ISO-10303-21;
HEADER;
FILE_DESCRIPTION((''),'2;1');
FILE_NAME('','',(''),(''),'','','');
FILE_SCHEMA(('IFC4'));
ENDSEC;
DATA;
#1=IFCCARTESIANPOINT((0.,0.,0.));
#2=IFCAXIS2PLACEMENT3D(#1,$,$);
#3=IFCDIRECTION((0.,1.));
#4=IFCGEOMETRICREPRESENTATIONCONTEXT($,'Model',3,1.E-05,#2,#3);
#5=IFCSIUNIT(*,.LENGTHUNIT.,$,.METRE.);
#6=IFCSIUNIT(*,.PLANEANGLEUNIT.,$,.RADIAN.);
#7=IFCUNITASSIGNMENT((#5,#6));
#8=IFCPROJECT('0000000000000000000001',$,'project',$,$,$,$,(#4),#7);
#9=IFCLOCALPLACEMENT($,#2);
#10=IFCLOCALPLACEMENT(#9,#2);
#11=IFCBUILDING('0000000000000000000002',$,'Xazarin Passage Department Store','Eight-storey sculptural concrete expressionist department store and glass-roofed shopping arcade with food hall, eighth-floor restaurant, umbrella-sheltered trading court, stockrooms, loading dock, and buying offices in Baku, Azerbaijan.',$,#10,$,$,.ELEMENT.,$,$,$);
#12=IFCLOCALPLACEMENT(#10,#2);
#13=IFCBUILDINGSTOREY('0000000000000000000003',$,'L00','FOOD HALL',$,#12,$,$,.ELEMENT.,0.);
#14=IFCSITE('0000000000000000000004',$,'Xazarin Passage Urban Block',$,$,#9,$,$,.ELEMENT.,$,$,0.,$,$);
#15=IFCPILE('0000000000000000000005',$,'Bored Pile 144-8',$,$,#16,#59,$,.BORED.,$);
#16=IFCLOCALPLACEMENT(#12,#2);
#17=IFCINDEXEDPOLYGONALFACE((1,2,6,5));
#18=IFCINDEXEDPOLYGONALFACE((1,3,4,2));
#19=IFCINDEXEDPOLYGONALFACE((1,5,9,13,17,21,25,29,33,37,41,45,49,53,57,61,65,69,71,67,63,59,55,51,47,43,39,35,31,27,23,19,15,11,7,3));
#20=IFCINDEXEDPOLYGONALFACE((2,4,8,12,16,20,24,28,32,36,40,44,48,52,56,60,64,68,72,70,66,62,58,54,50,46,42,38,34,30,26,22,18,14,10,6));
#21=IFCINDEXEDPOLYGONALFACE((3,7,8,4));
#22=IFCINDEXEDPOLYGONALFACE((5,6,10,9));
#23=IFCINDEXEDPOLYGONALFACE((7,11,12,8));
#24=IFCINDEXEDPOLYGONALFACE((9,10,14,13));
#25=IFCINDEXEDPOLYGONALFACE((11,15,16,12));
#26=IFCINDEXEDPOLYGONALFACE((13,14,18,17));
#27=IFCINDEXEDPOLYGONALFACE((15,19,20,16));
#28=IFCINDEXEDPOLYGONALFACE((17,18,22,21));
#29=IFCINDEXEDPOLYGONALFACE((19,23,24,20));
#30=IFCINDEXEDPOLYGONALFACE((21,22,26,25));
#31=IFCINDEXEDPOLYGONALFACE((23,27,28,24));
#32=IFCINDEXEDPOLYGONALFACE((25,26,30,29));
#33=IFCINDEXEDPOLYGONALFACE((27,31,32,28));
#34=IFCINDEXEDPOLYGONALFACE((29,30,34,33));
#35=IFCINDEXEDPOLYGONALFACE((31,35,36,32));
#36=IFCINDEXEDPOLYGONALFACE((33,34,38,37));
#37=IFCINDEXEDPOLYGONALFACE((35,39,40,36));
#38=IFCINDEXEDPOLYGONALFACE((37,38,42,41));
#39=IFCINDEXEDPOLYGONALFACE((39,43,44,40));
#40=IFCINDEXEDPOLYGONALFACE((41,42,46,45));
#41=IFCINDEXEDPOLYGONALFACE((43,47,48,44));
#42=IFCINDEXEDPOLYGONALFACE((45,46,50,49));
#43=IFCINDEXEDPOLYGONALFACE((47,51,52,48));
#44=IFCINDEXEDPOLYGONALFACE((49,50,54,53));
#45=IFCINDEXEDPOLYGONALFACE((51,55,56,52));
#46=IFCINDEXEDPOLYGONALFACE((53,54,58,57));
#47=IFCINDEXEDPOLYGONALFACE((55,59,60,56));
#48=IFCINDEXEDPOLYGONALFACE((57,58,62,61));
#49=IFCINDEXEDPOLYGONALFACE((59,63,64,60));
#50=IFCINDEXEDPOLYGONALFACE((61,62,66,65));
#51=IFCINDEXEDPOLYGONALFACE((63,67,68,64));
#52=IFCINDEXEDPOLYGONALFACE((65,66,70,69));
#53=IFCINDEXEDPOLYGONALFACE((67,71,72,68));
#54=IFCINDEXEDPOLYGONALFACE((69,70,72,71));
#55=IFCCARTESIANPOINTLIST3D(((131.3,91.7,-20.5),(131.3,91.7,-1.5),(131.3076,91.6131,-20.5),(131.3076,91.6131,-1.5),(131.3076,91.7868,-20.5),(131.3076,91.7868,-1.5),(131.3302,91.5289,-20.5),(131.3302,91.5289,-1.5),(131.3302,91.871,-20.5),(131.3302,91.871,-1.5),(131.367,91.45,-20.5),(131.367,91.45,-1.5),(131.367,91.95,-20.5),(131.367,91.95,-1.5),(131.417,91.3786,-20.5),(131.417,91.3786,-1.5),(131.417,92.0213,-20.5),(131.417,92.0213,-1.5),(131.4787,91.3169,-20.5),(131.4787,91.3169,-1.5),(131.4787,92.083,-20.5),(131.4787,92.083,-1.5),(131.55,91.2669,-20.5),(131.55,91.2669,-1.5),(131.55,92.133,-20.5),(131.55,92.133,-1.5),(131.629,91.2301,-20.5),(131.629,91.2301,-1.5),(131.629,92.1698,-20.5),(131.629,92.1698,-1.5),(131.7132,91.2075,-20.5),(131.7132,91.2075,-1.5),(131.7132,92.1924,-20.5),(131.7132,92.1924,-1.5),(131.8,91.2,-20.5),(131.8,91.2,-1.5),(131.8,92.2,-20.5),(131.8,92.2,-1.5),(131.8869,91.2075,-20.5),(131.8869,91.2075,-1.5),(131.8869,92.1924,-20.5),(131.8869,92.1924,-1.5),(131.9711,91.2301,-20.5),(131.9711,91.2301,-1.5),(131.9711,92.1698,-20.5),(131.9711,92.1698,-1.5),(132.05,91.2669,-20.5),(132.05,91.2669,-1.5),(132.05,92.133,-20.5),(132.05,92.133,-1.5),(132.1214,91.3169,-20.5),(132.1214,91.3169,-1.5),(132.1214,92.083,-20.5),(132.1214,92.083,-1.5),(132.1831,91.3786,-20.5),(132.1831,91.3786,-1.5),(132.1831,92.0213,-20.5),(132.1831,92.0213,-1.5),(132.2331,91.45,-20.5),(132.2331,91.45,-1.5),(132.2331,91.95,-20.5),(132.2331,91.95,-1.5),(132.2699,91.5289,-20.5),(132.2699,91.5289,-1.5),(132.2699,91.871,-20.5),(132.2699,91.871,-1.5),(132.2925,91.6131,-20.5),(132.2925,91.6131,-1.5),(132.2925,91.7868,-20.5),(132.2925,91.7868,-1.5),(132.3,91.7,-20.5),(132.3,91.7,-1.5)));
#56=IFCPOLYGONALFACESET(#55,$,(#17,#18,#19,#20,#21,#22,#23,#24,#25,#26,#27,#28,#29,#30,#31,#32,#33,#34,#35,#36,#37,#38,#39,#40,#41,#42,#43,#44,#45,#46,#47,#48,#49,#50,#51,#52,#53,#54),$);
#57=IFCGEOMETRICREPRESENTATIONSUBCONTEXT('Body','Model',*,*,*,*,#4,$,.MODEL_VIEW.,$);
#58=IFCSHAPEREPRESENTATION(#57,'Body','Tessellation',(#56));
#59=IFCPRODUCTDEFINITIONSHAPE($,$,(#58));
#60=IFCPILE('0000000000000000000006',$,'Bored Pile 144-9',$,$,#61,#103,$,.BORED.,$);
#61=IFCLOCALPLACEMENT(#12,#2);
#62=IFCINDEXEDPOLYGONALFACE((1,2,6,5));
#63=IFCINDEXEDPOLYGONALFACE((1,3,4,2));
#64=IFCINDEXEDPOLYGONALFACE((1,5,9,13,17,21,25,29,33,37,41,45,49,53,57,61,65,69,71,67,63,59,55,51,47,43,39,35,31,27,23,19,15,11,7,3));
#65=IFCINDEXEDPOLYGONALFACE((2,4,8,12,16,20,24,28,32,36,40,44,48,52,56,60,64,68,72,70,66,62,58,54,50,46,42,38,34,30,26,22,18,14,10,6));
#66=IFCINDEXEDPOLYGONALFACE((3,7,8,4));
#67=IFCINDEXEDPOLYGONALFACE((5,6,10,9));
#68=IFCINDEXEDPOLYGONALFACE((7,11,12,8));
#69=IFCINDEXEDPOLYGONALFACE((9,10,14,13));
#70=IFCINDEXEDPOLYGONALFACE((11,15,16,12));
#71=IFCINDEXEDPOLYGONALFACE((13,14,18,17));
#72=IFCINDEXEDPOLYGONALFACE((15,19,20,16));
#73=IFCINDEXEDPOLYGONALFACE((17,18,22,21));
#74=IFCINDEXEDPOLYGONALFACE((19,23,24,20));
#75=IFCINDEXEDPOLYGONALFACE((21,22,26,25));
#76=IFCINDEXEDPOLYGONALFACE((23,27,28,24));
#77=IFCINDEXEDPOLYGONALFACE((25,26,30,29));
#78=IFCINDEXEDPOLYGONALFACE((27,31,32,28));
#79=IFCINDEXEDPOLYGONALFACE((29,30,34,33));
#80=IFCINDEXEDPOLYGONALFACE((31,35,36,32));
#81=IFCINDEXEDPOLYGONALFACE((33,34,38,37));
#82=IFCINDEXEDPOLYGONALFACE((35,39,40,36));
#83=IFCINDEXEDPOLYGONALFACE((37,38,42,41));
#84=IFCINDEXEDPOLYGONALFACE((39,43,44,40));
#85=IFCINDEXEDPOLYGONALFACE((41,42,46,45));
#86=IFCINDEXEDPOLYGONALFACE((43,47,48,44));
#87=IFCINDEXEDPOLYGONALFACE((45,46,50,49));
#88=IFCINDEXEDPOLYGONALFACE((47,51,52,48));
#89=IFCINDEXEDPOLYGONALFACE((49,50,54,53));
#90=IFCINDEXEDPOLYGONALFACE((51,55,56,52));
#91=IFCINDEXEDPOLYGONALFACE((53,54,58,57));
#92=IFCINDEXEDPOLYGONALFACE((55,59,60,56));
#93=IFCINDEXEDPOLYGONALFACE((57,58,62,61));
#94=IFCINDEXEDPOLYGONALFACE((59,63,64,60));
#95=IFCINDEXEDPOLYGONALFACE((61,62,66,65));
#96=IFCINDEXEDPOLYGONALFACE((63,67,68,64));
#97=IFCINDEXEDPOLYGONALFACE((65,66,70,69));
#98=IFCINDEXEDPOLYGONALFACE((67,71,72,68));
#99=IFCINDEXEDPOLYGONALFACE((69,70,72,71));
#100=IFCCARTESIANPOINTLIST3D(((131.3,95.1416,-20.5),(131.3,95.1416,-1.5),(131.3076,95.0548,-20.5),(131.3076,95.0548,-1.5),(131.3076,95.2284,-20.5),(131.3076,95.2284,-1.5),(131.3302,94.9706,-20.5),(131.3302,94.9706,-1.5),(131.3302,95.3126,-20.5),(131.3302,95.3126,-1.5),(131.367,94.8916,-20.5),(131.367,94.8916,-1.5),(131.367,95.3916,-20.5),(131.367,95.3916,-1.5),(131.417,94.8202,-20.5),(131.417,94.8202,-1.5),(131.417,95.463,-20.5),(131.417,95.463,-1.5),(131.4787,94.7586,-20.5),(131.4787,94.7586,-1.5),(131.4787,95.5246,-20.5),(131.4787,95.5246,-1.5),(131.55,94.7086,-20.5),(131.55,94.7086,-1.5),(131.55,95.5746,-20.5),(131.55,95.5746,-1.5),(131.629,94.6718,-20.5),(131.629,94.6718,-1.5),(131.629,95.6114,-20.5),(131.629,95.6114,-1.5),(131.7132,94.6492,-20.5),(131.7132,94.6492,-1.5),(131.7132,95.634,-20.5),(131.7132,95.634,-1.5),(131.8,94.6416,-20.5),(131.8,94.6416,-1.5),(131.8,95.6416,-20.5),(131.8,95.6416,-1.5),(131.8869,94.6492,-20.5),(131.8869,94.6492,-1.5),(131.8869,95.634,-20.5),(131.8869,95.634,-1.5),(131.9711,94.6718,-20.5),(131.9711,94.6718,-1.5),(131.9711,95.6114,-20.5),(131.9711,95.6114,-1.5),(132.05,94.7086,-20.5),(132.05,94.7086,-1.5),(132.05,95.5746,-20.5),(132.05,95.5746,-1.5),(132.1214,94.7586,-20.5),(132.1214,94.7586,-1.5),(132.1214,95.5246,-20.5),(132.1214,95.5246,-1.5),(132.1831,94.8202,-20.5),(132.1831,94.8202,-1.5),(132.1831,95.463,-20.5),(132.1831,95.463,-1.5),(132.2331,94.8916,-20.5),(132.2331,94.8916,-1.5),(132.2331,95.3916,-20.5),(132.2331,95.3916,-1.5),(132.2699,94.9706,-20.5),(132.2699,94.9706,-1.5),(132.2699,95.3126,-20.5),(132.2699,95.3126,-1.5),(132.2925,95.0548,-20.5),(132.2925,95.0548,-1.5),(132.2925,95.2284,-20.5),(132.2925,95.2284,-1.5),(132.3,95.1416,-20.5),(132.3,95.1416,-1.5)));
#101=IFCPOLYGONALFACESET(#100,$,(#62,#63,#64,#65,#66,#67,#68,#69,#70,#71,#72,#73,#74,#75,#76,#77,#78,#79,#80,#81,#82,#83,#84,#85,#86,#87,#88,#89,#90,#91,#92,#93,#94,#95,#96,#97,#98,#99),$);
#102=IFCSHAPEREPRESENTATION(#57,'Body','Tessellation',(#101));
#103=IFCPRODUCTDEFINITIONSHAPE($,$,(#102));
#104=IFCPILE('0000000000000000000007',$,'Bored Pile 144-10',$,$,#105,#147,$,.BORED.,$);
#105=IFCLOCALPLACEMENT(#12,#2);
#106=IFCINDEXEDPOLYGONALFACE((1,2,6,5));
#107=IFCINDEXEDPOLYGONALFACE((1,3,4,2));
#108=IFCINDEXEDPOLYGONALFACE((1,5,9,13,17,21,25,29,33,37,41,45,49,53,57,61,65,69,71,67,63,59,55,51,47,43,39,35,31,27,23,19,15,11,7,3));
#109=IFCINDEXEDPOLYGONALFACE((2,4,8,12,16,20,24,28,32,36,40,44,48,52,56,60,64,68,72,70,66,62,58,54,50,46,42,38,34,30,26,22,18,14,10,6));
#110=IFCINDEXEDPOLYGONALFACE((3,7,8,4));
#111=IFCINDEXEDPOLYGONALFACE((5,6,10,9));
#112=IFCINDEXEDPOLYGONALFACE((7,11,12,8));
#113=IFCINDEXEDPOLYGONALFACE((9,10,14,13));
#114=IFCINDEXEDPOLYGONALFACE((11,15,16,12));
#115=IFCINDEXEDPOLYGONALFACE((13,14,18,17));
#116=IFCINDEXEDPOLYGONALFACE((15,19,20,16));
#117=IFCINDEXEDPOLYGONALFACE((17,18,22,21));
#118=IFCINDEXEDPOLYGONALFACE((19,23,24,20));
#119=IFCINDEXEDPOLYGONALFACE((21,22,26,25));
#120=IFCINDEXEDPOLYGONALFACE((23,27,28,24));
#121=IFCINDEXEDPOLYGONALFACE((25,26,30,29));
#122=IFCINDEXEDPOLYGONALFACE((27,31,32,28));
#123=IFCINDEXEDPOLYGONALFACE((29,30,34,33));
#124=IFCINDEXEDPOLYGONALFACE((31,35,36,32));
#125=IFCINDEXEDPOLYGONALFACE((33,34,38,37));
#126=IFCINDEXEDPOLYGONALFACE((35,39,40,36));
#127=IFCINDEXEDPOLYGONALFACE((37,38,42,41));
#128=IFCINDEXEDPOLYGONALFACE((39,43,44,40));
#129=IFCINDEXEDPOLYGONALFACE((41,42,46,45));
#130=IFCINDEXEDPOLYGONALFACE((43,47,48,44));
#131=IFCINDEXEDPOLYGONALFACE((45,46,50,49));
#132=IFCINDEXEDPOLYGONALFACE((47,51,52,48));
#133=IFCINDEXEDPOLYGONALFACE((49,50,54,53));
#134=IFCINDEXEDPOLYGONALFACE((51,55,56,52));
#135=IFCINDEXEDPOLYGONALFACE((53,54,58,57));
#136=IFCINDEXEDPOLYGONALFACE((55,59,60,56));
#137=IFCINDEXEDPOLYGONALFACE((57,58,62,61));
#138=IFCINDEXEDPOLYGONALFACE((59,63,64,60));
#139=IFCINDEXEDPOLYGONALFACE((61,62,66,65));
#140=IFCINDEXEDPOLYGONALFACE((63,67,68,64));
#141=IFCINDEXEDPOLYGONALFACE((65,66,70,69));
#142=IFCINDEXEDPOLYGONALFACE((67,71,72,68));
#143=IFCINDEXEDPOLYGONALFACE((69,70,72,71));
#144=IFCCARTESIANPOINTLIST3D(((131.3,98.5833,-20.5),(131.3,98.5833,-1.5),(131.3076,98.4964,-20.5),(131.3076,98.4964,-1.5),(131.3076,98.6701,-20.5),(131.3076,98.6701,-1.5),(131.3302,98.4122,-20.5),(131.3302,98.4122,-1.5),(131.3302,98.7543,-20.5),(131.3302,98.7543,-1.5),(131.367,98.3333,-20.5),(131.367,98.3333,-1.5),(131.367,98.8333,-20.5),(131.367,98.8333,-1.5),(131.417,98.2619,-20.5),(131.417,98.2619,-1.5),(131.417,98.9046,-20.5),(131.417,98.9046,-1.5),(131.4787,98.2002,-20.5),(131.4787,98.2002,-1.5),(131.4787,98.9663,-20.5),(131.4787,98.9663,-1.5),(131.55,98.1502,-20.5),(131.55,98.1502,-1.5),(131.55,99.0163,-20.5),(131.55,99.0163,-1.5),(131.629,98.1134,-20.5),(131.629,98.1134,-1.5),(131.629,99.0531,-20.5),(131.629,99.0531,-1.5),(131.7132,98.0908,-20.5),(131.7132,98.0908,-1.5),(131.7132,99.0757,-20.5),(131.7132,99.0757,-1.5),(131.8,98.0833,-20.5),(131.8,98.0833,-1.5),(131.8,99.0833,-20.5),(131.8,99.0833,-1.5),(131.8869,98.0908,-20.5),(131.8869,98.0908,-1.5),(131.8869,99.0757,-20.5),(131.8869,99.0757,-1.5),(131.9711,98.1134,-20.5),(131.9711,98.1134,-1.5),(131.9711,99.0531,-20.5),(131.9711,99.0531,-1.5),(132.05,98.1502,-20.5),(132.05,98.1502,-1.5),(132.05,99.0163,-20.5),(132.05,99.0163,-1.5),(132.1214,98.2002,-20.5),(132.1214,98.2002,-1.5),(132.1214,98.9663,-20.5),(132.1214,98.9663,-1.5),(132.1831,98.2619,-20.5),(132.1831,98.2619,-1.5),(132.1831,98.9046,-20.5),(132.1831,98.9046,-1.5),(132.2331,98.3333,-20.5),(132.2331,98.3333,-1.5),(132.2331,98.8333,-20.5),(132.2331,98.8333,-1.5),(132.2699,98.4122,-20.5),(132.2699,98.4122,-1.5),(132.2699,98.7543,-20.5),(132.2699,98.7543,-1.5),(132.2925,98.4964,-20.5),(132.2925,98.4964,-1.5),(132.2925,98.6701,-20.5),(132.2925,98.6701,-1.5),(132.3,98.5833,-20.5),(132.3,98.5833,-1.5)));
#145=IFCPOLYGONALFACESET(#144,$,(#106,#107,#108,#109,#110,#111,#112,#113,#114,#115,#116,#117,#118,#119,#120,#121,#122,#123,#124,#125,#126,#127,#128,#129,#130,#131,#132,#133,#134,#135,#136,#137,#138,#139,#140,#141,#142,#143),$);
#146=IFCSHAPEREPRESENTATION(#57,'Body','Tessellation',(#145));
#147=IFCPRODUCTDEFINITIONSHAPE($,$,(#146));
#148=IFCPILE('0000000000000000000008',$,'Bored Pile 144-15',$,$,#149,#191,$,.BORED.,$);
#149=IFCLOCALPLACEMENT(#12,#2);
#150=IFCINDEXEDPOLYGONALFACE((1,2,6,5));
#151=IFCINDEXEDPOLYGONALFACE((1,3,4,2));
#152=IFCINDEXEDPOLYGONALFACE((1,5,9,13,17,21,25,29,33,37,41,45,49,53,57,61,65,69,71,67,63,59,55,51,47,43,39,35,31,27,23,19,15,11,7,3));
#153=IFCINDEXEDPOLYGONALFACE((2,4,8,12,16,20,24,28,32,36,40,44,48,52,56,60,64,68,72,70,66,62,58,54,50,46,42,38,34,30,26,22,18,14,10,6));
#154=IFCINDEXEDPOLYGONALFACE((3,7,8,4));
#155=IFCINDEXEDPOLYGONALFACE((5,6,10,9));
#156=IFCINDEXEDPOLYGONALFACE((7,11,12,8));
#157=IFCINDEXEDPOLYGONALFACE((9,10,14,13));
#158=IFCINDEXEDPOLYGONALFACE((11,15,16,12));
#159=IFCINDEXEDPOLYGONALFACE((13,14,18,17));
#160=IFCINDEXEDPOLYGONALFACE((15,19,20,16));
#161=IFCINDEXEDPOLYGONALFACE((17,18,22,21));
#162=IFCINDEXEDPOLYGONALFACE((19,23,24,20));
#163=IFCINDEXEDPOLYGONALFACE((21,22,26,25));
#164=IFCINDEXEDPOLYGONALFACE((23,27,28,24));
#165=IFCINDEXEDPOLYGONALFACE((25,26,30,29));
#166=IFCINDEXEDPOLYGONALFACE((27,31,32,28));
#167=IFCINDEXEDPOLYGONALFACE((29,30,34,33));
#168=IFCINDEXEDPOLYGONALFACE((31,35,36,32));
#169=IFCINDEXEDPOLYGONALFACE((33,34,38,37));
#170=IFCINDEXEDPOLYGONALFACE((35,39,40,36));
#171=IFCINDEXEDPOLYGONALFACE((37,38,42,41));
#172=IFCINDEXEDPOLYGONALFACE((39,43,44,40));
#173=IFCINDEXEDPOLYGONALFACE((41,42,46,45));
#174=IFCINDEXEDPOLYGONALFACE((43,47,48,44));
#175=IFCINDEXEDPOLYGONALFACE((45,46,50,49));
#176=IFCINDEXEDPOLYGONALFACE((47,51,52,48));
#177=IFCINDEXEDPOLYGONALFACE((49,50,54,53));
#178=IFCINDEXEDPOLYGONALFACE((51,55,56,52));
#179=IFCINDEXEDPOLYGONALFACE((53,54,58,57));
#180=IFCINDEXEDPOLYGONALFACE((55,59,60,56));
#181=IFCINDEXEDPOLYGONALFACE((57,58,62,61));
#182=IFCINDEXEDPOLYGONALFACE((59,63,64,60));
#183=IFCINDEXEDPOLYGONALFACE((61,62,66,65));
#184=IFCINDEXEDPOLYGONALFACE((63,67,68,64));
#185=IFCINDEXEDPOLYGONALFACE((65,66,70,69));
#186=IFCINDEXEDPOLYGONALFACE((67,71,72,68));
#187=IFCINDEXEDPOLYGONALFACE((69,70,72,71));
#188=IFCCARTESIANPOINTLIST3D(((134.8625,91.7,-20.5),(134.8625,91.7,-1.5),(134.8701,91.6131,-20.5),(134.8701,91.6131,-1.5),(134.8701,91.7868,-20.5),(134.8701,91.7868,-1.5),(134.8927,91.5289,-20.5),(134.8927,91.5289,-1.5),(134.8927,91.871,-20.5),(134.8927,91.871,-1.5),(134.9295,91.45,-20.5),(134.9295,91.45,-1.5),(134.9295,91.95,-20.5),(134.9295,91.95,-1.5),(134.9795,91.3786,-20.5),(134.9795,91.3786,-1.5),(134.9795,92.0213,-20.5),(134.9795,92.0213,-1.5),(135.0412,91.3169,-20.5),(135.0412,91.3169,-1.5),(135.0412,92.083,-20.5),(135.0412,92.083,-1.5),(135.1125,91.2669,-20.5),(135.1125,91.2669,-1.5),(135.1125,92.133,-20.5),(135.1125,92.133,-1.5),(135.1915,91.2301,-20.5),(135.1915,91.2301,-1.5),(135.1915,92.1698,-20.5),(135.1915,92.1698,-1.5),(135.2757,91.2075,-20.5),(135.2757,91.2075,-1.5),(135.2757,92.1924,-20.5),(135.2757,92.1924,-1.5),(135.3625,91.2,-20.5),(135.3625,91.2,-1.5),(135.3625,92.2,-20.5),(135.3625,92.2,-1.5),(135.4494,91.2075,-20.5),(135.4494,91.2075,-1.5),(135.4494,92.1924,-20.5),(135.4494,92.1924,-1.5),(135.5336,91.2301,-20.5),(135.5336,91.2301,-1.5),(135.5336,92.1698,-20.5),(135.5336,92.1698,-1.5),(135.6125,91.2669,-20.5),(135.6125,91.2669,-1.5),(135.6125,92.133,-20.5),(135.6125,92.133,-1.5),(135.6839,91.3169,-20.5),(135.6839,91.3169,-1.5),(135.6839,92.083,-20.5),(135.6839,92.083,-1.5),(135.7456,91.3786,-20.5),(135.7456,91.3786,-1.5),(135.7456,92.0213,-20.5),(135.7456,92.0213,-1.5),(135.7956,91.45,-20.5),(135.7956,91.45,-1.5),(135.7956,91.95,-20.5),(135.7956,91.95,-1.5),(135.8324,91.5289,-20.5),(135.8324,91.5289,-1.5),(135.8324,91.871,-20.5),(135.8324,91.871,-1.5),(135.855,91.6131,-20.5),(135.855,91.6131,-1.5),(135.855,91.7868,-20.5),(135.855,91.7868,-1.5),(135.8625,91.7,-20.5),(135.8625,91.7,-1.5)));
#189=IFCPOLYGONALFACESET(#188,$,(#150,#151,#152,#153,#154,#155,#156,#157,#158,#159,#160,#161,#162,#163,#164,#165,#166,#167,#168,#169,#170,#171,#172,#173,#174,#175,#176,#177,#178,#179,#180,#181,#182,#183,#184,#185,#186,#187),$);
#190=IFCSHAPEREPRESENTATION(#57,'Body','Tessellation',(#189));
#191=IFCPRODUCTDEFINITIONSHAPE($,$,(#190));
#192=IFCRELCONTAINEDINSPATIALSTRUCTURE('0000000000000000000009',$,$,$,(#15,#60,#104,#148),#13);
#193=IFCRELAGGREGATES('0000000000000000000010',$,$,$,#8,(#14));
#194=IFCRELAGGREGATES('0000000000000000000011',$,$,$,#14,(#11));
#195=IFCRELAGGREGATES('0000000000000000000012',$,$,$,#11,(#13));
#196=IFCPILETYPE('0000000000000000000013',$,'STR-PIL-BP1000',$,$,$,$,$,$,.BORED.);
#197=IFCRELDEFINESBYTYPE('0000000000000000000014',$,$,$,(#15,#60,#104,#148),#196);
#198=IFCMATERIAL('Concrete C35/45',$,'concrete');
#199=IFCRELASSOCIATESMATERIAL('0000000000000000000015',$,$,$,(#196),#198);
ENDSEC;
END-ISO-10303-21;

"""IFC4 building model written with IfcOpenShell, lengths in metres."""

from ifc_helpers import new_model, si_unit, direction, frame, origin, origin_2d, place, context, subcontext, project, spatial, circle, extrude, material, material_profile, profile_set, type_object, element, save


model = new_model("IFC4")

# Units and contexts
model_context = context("Model", 3, precision=1e-05, world=origin(), true_north=direction((0.0, 1.0)))
body_context = subcontext(model_context, "Body", "Model", "MODEL_VIEW")
ifc_project = project(units=[si_unit("LENGTHUNIT", "METRE"), si_unit("PLANEANGLEUNIT", "RADIAN")], contexts=[model_context])

# Site, building, storey
site_placement = place(None, origin())
site = spatial("IfcSite", under=ifc_project, at=site_placement, Name="Xazarin Passage Urban Block", CompositionType="ELEMENT", RefElevation=0.0)
building_placement = place(site_placement, origin())
building = spatial("IfcBuilding", under=site, at=building_placement, Name="Xazarin Passage Department Store", Description="Eight-storey sculptural concrete expressionist department store and glass-roofed shopping arcade with food hall, eighth-floor restaurant, umbrella-sheltered trading court, stockrooms, loading dock, and buying offices in Baku, Azerbaijan.", CompositionType="ELEMENT")
storey_placement = place(building_placement, origin())
storey = spatial("IfcBuildingStorey", under=building, at=storey_placement, Name="L00", Description="FOOD HALL", CompositionType="ELEMENT", Elevation=0.0)

# Shared definitions
ifc_material_1 = material(Name="Concrete C35/45", Category="concrete")

# Piles
ifc_material_profile_1 = material_profile(ifc_material_1, circle(Radius=0.5, at=origin_2d()), Name="BP 1000")
ifc_profile_set_1 = profile_set([ifc_material_profile_1], Name="Concrete C35/45")
pile_type_1 = type_object("IfcPileType", Name="STR-PIL-BP1000", PredefinedType="BORED", material=ifc_profile_set_1)
for number, where, z_axis, x_axis, name in (
    (1, (131.8, 91.7, -1.5), (0.0, 0.0, -1.0), (1.0, 0.0, 0.0), "Bored Pile 144-8"),
    (2, (131.8, 95.1416, -1.5), (0.0, 0.0, -1.0), (1.0, 0.0, 0.0), "Bored Pile 144-9"),
    (3, (131.8, 98.5833, -1.5), (0.0, 0.0, -1.0), (1.0, 0.0, 0.0), "Bored Pile 144-10"),
    (4, (135.3625, 91.7, -1.5), (0.0, 0.0, -1.0), (1.0, 0.0, 0.0), "Bored Pile 144-15"),
):
    element("IfcPile", number, at=place(storey_placement, frame(where, z_axis=z_axis, x_axis=x_axis)), inside=storey, type_object=pile_type_1, Name=name, PredefinedType="BORED", context=body_context, shape_type="SweptSolid", body=[
        extrude(circle(Radius=0.5, at=origin_2d()), origin(), (0.0, 0.0, 1.0), 19.0),
    ])

save(model, "model.ifc")
